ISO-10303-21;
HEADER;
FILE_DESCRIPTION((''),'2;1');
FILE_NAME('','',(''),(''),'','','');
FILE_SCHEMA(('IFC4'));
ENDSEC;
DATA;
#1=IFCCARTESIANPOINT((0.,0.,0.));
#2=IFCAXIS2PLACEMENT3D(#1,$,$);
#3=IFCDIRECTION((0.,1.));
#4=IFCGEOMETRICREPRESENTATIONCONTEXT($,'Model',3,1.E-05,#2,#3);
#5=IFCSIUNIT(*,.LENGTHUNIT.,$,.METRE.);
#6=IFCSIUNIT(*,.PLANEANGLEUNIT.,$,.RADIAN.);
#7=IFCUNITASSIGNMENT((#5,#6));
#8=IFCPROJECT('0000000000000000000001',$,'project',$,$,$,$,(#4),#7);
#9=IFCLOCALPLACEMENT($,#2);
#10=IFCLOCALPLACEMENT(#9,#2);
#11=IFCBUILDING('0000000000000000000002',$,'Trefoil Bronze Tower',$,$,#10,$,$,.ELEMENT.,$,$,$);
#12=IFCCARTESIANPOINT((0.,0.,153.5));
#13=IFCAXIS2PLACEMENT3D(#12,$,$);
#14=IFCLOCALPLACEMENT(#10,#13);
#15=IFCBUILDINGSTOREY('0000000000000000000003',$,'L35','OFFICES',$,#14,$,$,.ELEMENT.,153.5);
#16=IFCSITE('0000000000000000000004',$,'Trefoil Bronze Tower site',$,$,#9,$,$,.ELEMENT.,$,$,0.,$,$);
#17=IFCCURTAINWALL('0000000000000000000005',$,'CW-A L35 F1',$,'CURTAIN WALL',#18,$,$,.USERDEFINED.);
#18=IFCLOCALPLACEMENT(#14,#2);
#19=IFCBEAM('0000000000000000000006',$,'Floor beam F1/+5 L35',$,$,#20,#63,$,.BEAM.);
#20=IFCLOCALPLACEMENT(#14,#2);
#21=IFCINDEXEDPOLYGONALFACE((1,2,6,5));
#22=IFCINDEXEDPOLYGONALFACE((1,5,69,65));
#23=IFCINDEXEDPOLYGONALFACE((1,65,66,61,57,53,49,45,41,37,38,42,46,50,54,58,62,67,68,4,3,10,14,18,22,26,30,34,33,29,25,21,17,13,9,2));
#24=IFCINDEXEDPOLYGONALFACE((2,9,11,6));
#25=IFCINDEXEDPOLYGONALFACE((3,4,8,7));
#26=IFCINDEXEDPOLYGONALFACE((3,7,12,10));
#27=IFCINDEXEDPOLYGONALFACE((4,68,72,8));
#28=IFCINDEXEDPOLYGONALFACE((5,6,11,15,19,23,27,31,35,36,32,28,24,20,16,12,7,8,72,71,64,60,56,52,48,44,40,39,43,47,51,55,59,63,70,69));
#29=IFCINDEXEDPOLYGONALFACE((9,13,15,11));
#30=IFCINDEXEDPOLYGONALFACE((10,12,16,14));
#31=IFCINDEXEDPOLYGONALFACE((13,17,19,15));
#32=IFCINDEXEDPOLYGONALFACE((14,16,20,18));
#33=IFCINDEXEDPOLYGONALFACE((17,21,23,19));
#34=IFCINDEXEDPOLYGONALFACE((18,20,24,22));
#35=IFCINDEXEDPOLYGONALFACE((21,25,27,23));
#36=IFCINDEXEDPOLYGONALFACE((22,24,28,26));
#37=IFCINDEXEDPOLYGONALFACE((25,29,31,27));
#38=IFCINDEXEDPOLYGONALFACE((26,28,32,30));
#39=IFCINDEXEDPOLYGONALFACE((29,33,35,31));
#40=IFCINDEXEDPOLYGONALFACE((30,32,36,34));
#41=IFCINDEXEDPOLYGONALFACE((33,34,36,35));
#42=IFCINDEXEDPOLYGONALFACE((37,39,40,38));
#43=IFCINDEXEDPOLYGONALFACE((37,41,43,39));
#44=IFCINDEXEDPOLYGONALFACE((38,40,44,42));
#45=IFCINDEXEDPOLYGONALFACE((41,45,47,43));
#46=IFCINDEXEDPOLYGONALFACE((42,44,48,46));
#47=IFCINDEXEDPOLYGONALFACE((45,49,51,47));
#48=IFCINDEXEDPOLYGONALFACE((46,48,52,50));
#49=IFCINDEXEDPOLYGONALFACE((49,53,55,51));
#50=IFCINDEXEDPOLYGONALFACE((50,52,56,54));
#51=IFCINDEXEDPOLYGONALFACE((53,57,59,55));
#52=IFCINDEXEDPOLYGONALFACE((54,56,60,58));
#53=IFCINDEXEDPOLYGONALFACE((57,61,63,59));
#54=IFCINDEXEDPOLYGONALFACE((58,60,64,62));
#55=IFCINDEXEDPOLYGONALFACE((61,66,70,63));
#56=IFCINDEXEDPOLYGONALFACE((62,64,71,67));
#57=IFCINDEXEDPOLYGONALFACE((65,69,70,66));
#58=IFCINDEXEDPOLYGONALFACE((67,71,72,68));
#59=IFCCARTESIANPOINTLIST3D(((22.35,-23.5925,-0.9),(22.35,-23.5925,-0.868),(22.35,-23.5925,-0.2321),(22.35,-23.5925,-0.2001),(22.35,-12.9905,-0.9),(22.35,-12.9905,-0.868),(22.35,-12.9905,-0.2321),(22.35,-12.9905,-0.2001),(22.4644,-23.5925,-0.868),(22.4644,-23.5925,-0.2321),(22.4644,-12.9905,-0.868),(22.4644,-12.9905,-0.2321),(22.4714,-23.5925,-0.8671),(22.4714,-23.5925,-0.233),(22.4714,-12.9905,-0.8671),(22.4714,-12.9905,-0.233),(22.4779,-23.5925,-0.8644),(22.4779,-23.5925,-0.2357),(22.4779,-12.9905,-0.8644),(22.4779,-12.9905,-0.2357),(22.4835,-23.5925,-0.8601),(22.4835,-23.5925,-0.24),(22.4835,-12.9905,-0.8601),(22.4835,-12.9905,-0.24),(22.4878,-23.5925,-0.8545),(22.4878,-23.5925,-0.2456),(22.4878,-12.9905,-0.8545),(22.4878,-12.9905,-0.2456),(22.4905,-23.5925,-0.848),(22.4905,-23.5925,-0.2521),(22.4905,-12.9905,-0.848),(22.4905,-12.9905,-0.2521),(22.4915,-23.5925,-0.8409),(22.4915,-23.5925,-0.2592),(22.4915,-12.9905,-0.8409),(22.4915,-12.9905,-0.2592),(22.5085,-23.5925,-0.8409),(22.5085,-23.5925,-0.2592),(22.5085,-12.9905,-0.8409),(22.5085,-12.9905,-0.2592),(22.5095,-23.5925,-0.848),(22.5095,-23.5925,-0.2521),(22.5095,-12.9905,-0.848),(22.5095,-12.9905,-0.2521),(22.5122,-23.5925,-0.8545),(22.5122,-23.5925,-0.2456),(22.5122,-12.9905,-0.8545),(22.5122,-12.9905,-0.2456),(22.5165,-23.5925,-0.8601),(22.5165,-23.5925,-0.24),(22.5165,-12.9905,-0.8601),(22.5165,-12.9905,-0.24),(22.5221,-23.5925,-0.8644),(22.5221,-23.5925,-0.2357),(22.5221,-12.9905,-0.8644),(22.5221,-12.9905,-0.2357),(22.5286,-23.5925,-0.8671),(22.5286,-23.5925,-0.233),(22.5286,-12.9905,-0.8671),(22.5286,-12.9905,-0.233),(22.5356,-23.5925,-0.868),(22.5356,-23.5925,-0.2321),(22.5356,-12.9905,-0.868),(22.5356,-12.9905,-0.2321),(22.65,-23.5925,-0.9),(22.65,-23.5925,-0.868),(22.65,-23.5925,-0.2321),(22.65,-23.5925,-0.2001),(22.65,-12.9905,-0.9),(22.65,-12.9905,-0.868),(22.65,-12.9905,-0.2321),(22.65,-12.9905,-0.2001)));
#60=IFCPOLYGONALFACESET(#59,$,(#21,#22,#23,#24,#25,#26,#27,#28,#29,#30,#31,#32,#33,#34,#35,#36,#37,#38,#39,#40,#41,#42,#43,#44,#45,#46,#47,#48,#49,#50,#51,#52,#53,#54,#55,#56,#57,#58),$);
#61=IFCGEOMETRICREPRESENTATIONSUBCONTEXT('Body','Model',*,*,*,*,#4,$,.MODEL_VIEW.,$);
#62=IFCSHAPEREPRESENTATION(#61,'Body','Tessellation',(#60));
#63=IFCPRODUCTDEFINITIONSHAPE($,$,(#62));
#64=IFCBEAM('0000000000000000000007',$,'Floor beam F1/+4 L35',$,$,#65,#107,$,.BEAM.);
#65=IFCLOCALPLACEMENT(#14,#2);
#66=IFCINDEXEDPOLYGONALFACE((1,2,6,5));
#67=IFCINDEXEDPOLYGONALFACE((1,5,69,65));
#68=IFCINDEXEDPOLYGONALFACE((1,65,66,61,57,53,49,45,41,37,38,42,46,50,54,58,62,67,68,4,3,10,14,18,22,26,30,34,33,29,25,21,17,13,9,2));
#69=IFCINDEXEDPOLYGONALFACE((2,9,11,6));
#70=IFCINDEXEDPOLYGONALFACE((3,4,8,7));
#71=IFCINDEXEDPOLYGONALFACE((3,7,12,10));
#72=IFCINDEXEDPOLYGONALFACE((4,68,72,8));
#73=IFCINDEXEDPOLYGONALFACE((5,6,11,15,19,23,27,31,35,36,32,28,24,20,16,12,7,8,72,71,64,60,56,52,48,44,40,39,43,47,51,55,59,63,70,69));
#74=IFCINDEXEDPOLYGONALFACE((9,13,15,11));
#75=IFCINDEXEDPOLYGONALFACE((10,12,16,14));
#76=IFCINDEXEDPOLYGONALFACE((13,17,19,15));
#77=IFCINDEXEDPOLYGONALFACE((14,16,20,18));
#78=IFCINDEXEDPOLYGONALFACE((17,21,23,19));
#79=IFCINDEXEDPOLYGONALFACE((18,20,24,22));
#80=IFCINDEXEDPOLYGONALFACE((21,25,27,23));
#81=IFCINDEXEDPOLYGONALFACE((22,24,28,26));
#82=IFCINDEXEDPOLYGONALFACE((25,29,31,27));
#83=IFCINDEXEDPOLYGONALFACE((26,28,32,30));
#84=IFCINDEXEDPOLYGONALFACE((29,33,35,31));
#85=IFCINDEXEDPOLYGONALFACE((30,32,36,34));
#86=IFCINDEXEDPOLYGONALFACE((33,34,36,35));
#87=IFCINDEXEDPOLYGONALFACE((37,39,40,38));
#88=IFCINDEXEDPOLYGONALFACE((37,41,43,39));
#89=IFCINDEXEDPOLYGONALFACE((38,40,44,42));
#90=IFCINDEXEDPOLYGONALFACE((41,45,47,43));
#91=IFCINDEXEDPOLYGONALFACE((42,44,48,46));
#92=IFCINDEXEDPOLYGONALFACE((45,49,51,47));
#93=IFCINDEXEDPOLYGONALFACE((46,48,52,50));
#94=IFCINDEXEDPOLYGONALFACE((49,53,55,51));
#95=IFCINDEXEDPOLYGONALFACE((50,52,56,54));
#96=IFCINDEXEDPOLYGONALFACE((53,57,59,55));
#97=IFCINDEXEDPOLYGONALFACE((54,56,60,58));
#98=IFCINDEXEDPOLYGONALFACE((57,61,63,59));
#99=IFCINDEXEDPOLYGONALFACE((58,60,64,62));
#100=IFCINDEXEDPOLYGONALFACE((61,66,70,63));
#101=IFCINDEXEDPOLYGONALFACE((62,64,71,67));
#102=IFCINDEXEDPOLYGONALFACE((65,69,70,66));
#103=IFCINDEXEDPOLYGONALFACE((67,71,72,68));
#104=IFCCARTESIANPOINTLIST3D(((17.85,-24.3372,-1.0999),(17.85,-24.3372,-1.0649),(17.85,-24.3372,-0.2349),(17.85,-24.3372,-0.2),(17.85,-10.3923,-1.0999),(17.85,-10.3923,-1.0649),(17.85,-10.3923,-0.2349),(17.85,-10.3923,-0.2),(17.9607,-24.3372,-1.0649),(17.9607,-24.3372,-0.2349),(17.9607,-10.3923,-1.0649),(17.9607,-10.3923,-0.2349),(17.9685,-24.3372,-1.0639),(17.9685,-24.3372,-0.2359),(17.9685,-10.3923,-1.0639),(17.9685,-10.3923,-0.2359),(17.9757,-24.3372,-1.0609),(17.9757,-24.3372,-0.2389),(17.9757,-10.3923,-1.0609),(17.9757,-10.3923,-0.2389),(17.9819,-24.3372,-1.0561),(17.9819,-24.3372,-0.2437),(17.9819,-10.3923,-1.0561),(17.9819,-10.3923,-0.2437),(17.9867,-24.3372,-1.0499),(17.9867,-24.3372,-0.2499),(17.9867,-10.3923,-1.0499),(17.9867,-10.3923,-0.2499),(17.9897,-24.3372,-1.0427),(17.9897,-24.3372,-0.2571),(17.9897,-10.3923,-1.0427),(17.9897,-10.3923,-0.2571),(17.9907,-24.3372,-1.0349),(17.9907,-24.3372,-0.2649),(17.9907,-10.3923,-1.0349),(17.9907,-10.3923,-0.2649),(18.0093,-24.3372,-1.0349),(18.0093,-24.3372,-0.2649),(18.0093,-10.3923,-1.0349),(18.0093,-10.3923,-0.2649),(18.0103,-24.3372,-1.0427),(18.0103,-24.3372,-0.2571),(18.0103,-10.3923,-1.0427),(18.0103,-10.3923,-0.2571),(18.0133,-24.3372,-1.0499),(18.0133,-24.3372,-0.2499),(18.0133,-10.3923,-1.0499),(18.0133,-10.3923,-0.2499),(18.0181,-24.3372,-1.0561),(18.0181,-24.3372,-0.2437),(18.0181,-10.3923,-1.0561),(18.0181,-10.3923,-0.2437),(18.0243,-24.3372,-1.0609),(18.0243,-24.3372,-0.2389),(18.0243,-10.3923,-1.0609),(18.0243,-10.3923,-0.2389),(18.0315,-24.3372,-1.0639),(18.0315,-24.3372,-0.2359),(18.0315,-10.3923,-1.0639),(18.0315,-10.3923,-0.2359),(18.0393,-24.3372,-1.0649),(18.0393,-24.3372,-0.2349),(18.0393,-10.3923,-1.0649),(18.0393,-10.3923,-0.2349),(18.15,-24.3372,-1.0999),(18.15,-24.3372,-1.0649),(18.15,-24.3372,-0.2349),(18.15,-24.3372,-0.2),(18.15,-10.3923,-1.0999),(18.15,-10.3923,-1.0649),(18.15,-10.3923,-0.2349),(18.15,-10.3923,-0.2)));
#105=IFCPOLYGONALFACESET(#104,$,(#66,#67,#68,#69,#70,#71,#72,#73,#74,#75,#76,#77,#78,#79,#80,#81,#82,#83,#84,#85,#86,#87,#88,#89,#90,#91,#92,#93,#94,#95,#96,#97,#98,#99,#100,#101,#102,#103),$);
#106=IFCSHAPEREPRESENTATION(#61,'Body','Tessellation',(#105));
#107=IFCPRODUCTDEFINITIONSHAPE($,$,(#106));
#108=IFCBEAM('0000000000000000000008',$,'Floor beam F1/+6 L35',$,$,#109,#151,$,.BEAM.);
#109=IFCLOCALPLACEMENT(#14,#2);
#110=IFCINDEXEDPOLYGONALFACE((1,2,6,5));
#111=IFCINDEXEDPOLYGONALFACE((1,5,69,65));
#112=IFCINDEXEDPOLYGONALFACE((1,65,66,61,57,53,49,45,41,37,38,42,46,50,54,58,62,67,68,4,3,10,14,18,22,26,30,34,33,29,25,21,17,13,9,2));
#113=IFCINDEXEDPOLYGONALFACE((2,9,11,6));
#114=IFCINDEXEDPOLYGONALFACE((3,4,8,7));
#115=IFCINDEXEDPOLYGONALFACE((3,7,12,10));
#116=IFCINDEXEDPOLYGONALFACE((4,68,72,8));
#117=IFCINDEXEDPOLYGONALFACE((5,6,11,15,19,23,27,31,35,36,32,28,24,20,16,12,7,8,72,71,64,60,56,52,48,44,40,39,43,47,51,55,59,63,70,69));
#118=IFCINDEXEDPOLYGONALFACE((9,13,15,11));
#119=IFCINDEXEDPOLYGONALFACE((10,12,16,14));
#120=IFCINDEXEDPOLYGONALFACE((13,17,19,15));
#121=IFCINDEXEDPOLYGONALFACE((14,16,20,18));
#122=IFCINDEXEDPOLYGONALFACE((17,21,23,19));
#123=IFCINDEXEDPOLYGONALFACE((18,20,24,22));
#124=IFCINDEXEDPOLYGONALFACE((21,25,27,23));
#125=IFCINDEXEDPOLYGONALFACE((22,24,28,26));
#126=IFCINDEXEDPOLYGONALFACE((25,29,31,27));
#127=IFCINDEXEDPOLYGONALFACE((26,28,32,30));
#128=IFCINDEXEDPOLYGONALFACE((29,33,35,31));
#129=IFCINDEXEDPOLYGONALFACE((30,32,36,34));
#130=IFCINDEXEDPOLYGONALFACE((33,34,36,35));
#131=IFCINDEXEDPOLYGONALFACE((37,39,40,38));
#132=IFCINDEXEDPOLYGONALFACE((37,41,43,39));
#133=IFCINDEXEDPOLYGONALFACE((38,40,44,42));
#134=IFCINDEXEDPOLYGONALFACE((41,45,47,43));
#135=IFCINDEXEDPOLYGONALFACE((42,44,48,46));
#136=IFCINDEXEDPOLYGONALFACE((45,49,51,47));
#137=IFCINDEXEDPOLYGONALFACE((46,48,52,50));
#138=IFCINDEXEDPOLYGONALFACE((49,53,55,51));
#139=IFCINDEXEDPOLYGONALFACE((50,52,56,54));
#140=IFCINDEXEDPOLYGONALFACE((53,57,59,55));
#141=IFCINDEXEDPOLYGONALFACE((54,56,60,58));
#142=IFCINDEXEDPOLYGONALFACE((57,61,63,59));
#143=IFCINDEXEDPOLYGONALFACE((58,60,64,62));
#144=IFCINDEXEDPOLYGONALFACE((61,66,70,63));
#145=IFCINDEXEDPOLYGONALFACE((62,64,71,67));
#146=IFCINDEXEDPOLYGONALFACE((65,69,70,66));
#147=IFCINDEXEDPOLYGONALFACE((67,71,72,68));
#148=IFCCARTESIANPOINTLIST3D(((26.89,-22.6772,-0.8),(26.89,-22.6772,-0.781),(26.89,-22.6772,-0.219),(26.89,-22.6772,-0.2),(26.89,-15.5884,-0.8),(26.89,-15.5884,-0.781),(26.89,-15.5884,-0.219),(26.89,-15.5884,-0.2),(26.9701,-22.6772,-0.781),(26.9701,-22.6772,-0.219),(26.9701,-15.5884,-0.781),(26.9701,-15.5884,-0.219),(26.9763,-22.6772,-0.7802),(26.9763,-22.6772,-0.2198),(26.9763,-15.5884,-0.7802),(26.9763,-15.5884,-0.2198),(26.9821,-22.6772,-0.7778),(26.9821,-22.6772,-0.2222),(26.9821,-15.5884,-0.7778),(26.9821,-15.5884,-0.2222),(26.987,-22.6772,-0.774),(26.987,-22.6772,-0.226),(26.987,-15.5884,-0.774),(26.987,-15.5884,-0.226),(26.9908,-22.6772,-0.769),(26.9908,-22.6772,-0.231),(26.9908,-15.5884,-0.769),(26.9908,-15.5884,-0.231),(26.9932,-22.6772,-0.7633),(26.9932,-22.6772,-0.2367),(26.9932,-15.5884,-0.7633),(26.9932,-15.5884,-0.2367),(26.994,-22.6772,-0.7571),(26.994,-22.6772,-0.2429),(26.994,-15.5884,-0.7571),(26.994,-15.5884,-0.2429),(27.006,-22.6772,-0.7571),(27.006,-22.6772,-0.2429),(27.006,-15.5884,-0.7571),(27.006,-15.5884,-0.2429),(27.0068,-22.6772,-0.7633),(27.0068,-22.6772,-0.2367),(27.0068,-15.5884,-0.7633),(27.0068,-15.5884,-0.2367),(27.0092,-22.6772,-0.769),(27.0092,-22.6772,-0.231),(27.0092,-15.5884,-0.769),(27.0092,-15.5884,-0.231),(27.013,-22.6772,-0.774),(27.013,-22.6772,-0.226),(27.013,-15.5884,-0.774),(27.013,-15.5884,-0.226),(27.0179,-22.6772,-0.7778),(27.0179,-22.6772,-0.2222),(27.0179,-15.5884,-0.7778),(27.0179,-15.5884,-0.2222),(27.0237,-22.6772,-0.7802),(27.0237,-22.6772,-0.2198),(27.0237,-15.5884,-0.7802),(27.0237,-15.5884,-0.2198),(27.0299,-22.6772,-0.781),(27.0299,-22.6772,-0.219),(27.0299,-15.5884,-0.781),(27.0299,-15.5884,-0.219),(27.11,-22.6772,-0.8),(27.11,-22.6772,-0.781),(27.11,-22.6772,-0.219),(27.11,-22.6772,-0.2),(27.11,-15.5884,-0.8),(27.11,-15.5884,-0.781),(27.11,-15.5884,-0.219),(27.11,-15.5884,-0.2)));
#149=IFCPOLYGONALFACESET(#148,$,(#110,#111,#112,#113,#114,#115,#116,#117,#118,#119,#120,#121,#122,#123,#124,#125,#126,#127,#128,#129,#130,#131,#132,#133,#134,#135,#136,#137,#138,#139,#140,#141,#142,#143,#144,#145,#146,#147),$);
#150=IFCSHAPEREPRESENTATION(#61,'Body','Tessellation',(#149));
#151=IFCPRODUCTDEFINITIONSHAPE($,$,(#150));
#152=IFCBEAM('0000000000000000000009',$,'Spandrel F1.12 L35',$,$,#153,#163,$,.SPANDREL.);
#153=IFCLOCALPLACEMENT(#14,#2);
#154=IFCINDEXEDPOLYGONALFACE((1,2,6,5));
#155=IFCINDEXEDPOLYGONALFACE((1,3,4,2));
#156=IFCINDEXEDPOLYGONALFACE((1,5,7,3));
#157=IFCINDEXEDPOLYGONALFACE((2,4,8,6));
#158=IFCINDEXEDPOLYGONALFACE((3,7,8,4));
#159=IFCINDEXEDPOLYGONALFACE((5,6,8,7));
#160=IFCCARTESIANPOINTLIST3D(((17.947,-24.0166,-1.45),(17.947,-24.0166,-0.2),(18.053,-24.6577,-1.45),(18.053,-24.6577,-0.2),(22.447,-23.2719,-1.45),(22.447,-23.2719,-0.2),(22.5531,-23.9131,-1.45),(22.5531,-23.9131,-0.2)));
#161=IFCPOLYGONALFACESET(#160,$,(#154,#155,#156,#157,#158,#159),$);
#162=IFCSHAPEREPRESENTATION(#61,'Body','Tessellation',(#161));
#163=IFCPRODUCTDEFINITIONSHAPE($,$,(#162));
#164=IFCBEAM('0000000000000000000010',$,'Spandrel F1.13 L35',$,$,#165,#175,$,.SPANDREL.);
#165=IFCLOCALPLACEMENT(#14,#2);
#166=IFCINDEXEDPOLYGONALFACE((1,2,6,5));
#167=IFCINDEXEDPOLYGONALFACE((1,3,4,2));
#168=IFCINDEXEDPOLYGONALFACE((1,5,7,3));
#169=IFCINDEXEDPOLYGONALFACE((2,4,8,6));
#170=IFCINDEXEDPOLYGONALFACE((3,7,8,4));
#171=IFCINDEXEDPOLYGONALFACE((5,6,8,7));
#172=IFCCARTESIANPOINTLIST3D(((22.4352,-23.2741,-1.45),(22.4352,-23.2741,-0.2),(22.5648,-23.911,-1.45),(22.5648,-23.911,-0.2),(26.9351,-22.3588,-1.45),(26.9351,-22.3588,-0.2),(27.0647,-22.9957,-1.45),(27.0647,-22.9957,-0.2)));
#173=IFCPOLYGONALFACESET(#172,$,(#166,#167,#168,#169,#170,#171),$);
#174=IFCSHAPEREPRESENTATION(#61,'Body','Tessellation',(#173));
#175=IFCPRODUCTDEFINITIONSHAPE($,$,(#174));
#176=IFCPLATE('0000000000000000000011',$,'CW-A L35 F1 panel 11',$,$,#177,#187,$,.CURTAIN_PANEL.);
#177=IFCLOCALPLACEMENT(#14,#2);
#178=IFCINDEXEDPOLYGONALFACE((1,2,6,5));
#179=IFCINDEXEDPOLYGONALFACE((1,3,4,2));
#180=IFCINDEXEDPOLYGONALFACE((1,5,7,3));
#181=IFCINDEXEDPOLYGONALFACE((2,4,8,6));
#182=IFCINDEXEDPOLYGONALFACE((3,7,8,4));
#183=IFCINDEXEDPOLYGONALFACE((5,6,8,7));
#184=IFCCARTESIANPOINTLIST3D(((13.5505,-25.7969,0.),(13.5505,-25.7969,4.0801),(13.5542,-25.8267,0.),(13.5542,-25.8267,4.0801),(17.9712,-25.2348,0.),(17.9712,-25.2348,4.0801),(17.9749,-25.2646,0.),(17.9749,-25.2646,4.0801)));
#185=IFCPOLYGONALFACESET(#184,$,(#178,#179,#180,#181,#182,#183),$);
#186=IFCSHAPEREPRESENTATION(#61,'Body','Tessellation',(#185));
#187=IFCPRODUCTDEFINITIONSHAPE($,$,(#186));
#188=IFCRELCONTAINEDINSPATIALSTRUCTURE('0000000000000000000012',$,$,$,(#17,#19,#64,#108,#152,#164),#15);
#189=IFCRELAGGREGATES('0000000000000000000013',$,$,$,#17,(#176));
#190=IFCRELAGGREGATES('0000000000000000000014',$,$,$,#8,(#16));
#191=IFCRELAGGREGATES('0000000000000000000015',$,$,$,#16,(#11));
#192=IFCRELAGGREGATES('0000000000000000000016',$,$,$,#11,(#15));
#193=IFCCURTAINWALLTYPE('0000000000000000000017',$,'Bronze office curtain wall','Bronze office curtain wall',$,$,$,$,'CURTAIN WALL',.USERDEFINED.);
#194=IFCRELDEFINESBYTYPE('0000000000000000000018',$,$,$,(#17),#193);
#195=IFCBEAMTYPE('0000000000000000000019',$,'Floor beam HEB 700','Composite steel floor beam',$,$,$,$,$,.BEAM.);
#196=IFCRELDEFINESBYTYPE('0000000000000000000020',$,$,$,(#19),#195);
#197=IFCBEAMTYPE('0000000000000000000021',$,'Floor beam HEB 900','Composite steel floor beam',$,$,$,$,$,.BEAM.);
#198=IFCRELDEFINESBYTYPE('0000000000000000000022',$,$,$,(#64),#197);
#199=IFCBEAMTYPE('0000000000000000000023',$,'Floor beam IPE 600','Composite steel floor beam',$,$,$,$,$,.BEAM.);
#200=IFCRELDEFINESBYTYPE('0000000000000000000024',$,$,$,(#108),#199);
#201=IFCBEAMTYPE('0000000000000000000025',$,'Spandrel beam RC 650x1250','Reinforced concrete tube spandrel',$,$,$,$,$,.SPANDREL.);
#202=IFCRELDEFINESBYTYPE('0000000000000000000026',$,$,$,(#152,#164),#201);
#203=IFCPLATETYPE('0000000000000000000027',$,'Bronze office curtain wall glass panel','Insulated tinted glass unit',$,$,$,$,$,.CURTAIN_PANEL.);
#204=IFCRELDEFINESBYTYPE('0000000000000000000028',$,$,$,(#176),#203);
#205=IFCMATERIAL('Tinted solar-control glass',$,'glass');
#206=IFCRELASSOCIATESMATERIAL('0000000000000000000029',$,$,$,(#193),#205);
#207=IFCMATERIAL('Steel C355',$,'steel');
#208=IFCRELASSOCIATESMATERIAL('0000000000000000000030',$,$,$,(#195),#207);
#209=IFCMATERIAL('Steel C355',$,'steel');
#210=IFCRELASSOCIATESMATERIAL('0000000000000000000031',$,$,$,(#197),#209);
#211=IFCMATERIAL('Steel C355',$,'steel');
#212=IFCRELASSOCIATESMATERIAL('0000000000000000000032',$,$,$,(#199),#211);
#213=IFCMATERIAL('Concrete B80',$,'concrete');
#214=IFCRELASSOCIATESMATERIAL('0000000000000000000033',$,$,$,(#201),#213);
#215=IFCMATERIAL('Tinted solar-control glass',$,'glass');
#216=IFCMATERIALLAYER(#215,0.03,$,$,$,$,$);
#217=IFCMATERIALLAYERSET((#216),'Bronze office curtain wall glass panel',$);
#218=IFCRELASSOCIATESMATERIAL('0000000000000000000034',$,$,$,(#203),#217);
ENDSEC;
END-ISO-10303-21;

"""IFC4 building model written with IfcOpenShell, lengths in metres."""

from ifc_helpers import new_model, si_unit, direction, frame, origin, origin_2d, place, context, subcontext, project, spatial, rectangle, i_section, extrude, material, layer, layer_set, material_profile, profile_set, type_object, element, aggregate, save


model = new_model("IFC4")

# Units and contexts
model_context = context("Model", 3, precision=1e-05, world=origin(), true_north=direction((0.0, 1.0)))
body_context = subcontext(model_context, "Body", "Model", "MODEL_VIEW")
ifc_project = project(units=[si_unit("LENGTHUNIT", "METRE"), si_unit("PLANEANGLEUNIT", "RADIAN")], contexts=[model_context])

# Site, building, storey
site_placement = place(None, origin())
site = spatial("IfcSite", under=ifc_project, at=site_placement, Name="Trefoil Bronze Tower site", CompositionType="ELEMENT", RefElevation=0.0)
building_placement = place(site_placement, origin())
building = spatial("IfcBuilding", under=site, at=building_placement, Name="Trefoil Bronze Tower", CompositionType="ELEMENT")
storey_placement = place(building_placement, frame((0.0, 0.0, 153.5)))
storey = spatial("IfcBuildingStorey", under=building, at=storey_placement, Name="L35", Description="OFFICES", CompositionType="ELEMENT", Elevation=153.5)

# Curtain wall
ifc_material_1 = material(Name="Tinted solar-control glass", Category="glass")
curtain_wall_type_1 = type_object("IfcCurtainWallType", Name="Bronze office curtain wall", Description="Bronze office curtain wall", ElementType="CURTAIN WALL", PredefinedType="USERDEFINED", material=ifc_material_1)
curtain_wall_1_placement = place(storey_placement, origin())
curtain_wall_1 = element("IfcCurtainWall", 1, at=curtain_wall_1_placement, inside=storey, type_object=curtain_wall_type_1, Name="CW-A L35 F1", ObjectType="CURTAIN WALL", PredefinedType="USERDEFINED")

# Beams
ifc_material_2 = material(Name="Steel C355", Category="steel")
ifc_material_profile_1 = material_profile(ifc_material_2, i_section(OverallWidth=0.3, OverallDepth=0.7, WebThickness=0.0171, FlangeThickness=0.032, FilletRadius=0.0271, at=origin_2d()), Name="HEB 700")
ifc_profile_set_1 = profile_set([ifc_material_profile_1], Name="Steel C355")
beam_type_1 = type_object("IfcBeamType", Name="Floor beam HEB 700", Description="Composite steel floor beam", PredefinedType="BEAM", material=ifc_profile_set_1)
beam_1_placement = place(storey_placement, frame((22.5, -23.5925, -0.55), z_axis=(0.0, 1.0, 0.0), x_axis=(-1.0, 0.0, 0.0)))
element("IfcBeam", 2, at=beam_1_placement, inside=storey, type_object=beam_type_1, Name="Floor beam F1/+5 L35", PredefinedType="BEAM", context=body_context, shape_type="SweptSolid", body=[
    extrude(i_section(OverallWidth=0.3, OverallDepth=0.7, WebThickness=0.0171, FlangeThickness=0.032, FilletRadius=0.0271, at=origin_2d()), origin(), (0.0, 0.0, 1.0), 10.6021),
])
ifc_material_3 = material(Name="Steel C355", Category="steel")
ifc_material_profile_2 = material_profile(ifc_material_3, i_section(OverallWidth=0.3, OverallDepth=0.8999, WebThickness=0.0186, FlangeThickness=0.0349, FilletRadius=0.03, at=origin_2d()), Name="HEB 900")
ifc_profile_set_2 = profile_set([ifc_material_profile_2], Name="Steel C355")
beam_type_2 = type_object("IfcBeamType", Name="Floor beam HEB 900", Description="Composite steel floor beam", PredefinedType="BEAM", material=ifc_profile_set_2)
beam_2_placement = place(storey_placement, frame((18.0, -24.3372, -0.6499), z_axis=(0.0, 1.0, 0.0), x_axis=(-1.0, 0.0, 0.0)))
element("IfcBeam", 3, at=beam_2_placement, inside=storey, type_object=beam_type_2, Name="Floor beam F1/+4 L35", PredefinedType="BEAM", context=body_context, shape_type="SweptSolid", body=[
    extrude(i_section(OverallWidth=0.3, OverallDepth=0.8999, WebThickness=0.0186, FlangeThickness=0.0349, FilletRadius=0.03, at=origin_2d()), origin(), (0.0, 0.0, 1.0), 13.9448),
])
ifc_material_4 = material(Name="Steel C355", Category="steel")
ifc_material_profile_3 = material_profile(ifc_material_4, i_section(OverallWidth=0.22, OverallDepth=0.6001, WebThickness=0.012, FlangeThickness=0.019, FilletRadius=0.0239, at=origin_2d()), Name="IPE 600")
ifc_profile_set_3 = profile_set([ifc_material_profile_3], Name="Steel C355")
beam_type_3 = type_object("IfcBeamType", Name="Floor beam IPE 600", Description="Composite steel floor beam", PredefinedType="BEAM", material=ifc_profile_set_3)
beam_3_placement = place(storey_placement, frame((27.0, -22.6772, -0.5), z_axis=(0.0, 1.0, 0.0), x_axis=(-1.0, 0.0, 0.0)))
element("IfcBeam", 4, at=beam_3_placement, inside=storey, type_object=beam_type_3, Name="Floor beam F1/+6 L35", PredefinedType="BEAM", context=body_context, shape_type="SweptSolid", body=[
    extrude(i_section(OverallWidth=0.22, OverallDepth=0.6001, WebThickness=0.012, FlangeThickness=0.019, FilletRadius=0.0239, at=origin_2d()), origin(), (0.0, 0.0, 1.0), 7.0889),
])
ifc_material_5 = material(Name="Concrete B80", Category="concrete")
ifc_material_profile_4 = material_profile(ifc_material_5, rectangle(XDim=0.6499, YDim=1.25, at=origin_2d()), Name="RC 650x1250")
ifc_profile_set_4 = profile_set([ifc_material_profile_4], Name="Concrete B80")
beam_type_4 = type_object("IfcBeamType", Name="Spandrel beam RC 650x1250", Description="Reinforced concrete tube spandrel", PredefinedType="SPANDREL", material=ifc_profile_set_4)
beam_4_placement = place(storey_placement, frame((18.0, -24.3372, -0.825), z_axis=(0.986584, 0.163253, 0.0), x_axis=(-0.163253, 0.986584, 0.0)))
element("IfcBeam", 5, at=beam_4_placement, inside=storey, type_object=beam_type_4, Name="Spandrel F1.12 L35", PredefinedType="SPANDREL", context=body_context, shape_type="SweptSolid", body=[
    extrude(rectangle(XDim=0.6499, YDim=1.25, at=origin_2d()), origin(), (0.0, 0.0, 1.0), 4.5613),
])
beam_5_placement = place(storey_placement, frame((22.5, -23.5925, -0.825), z_axis=(0.979935, 0.199315, 0.0), x_axis=(-0.199315, 0.979935, 0.0)))
element("IfcBeam", 6, at=beam_5_placement, inside=storey, type_object=beam_type_4, Name="Spandrel F1.13 L35", PredefinedType="SPANDREL", context=body_context, shape_type="SweptSolid", body=[
    extrude(rectangle(XDim=0.6499, YDim=1.25, at=origin_2d()), origin(), (0.0, 0.0, 1.0), 4.592),
])

# Plate
ifc_material_6 = material(Name="Tinted solar-control glass", Category="glass")
ifc_layer_1 = layer(ifc_material_6, 0.03)
ifc_layer_set_1 = layer_set([ifc_layer_1], Name="Bronze office curtain wall glass panel")
plate_type_1 = type_object("IfcPlateType", Name="Bronze office curtain wall glass panel", Description="Insulated tinted glass unit", PredefinedType="CURTAIN_PANEL", material=ifc_layer_set_1)
plate_1_placement = place(storey_placement, frame((15.7627, -25.5308, 0.0), z_axis=(0.0, 0.0, 1.0), x_axis=(0.992012, 0.126147, 0.0)))
plate_1 = element("IfcPlate", 7, at=plate_1_placement, type_object=plate_type_1, Name="CW-A L35 F1 panel 11", PredefinedType="CURTAIN_PANEL", context=body_context, shape_type="SweptSolid", body=[
    extrude(rectangle(XDim=4.4563, YDim=0.03, at=origin_2d()), origin(), (0.0, 0.0, 1.0), 4.0801),
])
aggregate(curtain_wall_1, [plate_1])

save(model, "model.ifc")
